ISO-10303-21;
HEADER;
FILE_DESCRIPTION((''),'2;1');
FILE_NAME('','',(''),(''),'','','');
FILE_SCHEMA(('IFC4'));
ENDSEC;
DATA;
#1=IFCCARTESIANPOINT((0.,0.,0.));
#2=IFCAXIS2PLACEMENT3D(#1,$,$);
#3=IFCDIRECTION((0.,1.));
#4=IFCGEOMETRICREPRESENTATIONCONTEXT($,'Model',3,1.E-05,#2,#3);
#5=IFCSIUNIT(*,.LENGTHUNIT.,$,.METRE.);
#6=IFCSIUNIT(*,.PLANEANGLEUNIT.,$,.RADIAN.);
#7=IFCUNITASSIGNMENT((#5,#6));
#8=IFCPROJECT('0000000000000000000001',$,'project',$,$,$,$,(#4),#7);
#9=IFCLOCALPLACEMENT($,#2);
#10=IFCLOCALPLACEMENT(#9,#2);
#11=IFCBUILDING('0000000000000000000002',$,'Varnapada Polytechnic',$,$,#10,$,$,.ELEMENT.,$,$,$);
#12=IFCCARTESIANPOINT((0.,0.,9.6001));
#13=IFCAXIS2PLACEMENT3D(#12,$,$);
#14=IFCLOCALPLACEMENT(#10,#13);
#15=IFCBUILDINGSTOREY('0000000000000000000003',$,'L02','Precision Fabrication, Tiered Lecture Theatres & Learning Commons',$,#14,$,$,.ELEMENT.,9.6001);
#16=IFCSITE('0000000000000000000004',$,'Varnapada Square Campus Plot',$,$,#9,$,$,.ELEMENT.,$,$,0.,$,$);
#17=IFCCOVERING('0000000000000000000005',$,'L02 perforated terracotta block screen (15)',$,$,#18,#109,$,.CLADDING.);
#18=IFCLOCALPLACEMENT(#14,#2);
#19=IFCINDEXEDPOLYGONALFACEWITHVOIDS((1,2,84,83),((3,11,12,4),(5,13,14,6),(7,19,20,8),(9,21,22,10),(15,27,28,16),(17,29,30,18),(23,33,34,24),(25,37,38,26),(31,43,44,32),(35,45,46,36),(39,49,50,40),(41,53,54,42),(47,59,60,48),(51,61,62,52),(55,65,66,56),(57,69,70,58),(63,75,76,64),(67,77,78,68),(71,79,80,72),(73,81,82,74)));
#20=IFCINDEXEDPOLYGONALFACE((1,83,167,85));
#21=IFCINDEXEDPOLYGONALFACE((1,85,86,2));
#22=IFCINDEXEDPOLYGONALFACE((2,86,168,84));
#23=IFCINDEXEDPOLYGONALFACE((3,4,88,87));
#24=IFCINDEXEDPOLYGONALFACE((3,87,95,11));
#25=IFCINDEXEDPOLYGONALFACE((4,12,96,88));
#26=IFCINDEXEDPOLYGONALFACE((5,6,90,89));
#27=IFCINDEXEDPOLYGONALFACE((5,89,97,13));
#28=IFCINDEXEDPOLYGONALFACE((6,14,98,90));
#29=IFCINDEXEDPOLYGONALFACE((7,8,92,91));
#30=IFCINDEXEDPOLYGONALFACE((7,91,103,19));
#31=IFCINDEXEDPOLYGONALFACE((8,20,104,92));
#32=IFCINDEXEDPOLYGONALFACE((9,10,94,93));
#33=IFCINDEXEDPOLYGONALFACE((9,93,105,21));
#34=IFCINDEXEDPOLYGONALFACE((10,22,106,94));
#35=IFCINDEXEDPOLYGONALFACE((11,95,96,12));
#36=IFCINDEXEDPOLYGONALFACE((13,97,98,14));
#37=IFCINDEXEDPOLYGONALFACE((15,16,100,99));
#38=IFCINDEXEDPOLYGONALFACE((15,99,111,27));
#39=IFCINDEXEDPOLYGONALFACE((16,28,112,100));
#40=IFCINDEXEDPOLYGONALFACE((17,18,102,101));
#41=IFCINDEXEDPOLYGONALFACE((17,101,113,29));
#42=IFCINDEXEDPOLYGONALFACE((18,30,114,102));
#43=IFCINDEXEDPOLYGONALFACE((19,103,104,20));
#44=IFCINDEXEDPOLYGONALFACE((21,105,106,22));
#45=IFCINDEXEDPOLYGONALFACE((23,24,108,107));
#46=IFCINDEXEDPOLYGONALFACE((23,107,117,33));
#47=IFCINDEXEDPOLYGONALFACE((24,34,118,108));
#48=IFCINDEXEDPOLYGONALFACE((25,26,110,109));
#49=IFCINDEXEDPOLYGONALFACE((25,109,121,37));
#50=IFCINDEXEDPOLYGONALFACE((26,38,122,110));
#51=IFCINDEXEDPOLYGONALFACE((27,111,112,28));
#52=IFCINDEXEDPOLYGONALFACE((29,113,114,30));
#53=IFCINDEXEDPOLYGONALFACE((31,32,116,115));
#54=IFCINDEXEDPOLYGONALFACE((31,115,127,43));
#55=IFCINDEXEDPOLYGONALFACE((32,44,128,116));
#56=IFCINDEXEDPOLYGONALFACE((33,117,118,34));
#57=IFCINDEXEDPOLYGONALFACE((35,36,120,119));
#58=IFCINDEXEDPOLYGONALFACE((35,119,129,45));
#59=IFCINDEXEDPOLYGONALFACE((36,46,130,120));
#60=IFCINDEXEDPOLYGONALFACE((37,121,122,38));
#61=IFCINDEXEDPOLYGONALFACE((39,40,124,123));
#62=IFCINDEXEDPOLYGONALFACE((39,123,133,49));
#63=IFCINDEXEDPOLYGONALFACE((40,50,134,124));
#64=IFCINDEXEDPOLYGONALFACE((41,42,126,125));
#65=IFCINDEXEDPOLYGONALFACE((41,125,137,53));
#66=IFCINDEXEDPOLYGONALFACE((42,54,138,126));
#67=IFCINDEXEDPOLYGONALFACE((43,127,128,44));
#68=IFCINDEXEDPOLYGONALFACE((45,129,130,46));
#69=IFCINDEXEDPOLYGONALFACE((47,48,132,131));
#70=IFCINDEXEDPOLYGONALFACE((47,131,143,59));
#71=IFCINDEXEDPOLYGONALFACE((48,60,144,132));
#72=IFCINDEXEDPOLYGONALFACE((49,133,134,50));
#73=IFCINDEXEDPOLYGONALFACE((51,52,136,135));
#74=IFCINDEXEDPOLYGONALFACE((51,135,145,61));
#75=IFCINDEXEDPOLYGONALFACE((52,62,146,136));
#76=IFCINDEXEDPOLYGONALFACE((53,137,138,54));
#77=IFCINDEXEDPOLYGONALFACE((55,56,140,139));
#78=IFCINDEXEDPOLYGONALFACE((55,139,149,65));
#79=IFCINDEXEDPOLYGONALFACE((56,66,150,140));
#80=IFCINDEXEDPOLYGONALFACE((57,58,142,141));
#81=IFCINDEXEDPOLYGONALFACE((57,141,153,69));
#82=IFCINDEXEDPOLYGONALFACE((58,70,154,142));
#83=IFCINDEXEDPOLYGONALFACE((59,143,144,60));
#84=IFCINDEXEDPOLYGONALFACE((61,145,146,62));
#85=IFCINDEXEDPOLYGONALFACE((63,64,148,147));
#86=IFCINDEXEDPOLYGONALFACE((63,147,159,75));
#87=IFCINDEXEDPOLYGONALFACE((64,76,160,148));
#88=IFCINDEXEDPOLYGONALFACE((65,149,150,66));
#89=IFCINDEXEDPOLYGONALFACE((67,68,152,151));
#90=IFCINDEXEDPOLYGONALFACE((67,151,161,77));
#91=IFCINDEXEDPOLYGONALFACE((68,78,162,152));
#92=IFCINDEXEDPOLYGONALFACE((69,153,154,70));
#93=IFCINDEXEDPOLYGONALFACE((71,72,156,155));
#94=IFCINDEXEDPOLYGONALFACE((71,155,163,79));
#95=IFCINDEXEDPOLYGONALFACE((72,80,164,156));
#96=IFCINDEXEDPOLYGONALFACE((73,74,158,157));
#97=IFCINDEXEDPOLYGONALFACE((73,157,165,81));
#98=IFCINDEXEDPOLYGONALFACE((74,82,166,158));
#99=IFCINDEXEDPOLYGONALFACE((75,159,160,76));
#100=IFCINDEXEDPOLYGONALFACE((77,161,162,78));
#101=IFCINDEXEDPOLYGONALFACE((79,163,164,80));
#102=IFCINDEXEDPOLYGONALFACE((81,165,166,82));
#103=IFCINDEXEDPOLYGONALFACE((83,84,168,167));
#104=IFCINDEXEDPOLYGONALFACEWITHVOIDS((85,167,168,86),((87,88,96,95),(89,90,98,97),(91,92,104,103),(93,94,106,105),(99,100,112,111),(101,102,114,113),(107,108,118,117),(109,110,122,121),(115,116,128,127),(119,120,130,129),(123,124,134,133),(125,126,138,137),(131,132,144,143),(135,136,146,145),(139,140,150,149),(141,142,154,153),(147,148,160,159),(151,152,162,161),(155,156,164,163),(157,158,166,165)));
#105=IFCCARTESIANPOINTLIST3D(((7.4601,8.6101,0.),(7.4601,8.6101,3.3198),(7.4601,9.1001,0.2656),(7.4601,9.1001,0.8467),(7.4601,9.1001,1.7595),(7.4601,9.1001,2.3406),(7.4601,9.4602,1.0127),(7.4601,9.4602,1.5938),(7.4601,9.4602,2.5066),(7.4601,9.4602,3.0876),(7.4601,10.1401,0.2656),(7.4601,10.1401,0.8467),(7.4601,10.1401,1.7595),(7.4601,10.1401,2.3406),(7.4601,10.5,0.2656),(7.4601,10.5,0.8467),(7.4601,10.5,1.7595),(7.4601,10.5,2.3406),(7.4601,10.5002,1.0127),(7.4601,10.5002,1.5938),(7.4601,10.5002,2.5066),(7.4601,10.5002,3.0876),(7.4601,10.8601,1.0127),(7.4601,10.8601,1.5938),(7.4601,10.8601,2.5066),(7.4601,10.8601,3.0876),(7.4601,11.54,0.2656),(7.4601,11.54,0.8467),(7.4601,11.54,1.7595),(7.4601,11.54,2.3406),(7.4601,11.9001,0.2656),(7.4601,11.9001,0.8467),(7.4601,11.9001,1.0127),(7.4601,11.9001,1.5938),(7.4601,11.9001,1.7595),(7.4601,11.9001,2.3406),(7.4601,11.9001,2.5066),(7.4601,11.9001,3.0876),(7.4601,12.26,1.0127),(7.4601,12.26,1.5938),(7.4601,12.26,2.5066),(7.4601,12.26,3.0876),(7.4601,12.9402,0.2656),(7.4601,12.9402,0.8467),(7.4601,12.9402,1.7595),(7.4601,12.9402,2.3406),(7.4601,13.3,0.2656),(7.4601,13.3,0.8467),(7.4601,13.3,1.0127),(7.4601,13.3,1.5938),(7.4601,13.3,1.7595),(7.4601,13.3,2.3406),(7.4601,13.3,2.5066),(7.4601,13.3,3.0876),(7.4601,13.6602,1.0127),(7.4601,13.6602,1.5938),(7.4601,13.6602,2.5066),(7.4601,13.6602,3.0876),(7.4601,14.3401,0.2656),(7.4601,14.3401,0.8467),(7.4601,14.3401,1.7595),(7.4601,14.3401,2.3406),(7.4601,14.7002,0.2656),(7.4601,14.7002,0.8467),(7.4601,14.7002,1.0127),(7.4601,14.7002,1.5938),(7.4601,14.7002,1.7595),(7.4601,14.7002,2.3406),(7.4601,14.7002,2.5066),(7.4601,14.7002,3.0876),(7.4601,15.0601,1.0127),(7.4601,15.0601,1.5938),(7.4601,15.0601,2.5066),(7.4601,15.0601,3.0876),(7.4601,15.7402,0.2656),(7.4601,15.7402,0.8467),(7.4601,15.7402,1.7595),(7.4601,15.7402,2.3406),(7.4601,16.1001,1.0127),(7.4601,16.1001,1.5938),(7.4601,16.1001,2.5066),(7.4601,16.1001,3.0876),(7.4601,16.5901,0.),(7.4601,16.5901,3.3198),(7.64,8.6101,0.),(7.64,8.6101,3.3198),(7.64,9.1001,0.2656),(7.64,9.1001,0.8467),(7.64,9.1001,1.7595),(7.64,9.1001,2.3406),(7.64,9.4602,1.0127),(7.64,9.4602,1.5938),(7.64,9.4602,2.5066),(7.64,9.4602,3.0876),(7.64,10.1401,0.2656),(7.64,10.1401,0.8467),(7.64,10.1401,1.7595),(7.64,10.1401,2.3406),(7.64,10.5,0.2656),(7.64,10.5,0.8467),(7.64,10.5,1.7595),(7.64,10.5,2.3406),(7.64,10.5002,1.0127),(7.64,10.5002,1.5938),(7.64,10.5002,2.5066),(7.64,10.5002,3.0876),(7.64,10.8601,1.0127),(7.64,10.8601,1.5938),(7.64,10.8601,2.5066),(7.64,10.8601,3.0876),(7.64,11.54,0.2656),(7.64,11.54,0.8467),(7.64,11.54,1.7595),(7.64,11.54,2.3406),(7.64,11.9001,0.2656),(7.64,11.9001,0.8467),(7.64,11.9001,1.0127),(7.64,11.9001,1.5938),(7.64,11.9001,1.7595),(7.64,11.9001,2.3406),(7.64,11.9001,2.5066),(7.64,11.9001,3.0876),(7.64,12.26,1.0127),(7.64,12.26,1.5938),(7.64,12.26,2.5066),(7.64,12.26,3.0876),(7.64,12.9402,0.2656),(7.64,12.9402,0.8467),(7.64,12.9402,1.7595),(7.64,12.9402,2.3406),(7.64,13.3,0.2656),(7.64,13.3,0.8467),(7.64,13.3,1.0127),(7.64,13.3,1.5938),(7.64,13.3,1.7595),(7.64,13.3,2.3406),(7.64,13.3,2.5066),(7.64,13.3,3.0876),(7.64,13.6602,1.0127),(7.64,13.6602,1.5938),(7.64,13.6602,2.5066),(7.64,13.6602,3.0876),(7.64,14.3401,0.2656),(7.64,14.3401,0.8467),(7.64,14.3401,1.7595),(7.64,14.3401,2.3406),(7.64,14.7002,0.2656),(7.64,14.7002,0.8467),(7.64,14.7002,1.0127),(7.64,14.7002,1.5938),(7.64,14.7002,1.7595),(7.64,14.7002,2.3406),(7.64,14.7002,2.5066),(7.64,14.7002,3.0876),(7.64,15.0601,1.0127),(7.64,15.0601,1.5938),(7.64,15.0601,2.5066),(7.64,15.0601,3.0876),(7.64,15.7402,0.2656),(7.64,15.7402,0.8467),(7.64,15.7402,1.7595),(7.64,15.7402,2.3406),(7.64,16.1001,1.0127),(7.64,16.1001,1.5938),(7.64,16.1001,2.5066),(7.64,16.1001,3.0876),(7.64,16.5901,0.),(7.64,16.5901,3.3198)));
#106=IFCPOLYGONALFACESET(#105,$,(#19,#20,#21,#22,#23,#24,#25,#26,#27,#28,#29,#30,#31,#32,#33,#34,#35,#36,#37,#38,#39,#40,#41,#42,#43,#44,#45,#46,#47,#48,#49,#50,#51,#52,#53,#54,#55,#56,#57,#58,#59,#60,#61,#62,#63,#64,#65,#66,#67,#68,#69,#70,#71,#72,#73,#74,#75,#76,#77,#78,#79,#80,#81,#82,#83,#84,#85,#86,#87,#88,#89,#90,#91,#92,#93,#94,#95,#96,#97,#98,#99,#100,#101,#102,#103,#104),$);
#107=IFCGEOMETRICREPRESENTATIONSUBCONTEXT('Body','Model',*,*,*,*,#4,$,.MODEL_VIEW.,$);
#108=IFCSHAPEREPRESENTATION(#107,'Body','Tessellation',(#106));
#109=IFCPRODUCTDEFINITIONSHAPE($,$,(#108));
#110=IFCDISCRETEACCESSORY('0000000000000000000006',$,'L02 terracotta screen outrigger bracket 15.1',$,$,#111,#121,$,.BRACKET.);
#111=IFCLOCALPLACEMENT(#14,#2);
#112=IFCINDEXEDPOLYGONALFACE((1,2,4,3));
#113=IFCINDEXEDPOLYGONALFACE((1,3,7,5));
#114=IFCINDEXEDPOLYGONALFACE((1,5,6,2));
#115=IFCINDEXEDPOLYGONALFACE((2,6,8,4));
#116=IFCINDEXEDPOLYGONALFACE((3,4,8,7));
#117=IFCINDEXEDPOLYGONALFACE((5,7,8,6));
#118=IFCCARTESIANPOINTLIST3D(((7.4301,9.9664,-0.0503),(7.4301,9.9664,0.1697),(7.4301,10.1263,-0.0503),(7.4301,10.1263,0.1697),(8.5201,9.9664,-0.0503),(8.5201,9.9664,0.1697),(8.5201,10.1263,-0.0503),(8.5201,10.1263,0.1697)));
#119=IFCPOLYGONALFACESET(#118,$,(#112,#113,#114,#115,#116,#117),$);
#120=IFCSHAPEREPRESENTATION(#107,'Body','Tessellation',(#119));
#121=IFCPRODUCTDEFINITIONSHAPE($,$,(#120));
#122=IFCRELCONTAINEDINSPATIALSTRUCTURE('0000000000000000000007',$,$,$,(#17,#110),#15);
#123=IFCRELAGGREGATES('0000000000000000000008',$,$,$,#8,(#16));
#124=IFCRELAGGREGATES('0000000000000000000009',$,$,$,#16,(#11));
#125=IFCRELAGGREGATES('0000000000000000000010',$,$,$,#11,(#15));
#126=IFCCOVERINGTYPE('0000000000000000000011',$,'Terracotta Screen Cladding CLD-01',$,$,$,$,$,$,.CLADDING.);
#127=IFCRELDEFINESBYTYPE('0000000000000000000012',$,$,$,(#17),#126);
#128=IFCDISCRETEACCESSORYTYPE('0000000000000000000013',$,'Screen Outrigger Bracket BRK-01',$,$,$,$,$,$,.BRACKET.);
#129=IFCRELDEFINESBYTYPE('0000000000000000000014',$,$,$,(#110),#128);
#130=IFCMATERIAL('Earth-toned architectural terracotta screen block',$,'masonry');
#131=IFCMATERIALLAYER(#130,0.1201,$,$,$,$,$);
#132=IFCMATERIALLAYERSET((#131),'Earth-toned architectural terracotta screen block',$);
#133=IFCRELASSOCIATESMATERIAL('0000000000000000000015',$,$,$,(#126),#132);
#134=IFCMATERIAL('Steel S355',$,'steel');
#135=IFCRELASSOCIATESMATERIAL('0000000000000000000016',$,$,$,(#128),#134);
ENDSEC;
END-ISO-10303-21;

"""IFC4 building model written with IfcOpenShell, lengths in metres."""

from ifc_helpers import new_model, si_unit, direction, frame, frame_2d, origin, origin_2d, place, context, subcontext, project, spatial, rectangle, extrude, material, layer, layer_set, type_object, element, save


model = new_model("IFC4")

# Units and contexts
model_context = context("Model", 3, precision=1e-05, world=origin(), true_north=direction((0.0, 1.0)))
body_context = subcontext(model_context, "Body", "Model", "MODEL_VIEW")
ifc_project = project(units=[si_unit("LENGTHUNIT", "METRE"), si_unit("PLANEANGLEUNIT", "RADIAN")], contexts=[model_context])

# Site, building, storey
site_placement = place(None, origin())
site = spatial("IfcSite", under=ifc_project, at=site_placement, Name="Varnapada Square Campus Plot", CompositionType="ELEMENT", RefElevation=0.0)
building_placement = place(site_placement, origin())
building = spatial("IfcBuilding", under=site, at=building_placement, Name="Varnapada Polytechnic", CompositionType="ELEMENT")
storey_placement = place(building_placement, frame((0.0, 0.0, 9.6001)))
storey = spatial("IfcBuildingStorey", under=building, at=storey_placement, Name="L02", Description="Precision Fabrication, Tiered Lecture Theatres & Learning Commons", CompositionType="ELEMENT", Elevation=9.6001)

# Covering, openings
ifc_material_1 = material(Name="Earth-toned architectural terracotta screen block", Category="masonry")
ifc_layer_1 = layer(ifc_material_1, 0.1201)
ifc_layer_set_1 = layer_set([ifc_layer_1], Name="Earth-toned architectural terracotta screen block")
covering_type = type_object("IfcCoveringType", Name="Terracotta Screen Cladding CLD-01", PredefinedType="CLADDING", material=ifc_layer_set_1)
covering_placement = place(storey_placement, frame((7.55, 8.6101, 0.0), z_axis=(0.0, 0.0, 1.0), x_axis=(0.0, 1.0, 0.0)))
covering = element("IfcCovering", 1, at=covering_placement, inside=storey, type_object=covering_type, Name="L02 perforated terracotta block screen (15)", PredefinedType="CLADDING", context=body_context, shape_type="SweptSolid", body=[
    extrude(rectangle(XDim=7.98, YDim=0.1799, at=frame_2d((3.99, 0.0))), origin(), (0.0, 0.0, 1.0), 3.3198),
])
opening_1_placement = place(covering_placement, frame((0.49, 0.0, 0.2656)))
element("IfcOpeningElement", 2, at=opening_1_placement, cuts=covering, PredefinedType="OPENING", context=body_context, shape_type="SweptSolid", body=[
    extrude(rectangle(XDim=1.04, YDim=0.5811, at=frame_2d((0.52, 0.2905))), frame((0.0, 0.0999, 0.0), z_axis=(0.0, -1.0, 0.0), x_axis=(1.0, 0.0, 0.0)), (0.0, 0.0, 1.0), 0.2),
])
opening_2_placement = place(covering_placement, frame((1.8899, 0.0, 0.2656)))
element("IfcOpeningElement", 3, at=opening_2_placement, cuts=covering, PredefinedType="OPENING", context=body_context, shape_type="SweptSolid", body=[
    extrude(rectangle(XDim=1.04, YDim=0.5811, at=frame_2d((0.52, 0.2905))), frame((0.0, 0.0999, 0.0), z_axis=(0.0, -1.0, 0.0), x_axis=(1.0, 0.0, 0.0)), (0.0, 0.0, 1.0), 0.2),
])
opening_3_placement = place(covering_placement, frame((3.29, 0.0, 0.2656)))
element("IfcOpeningElement", 4, at=opening_3_placement, cuts=covering, PredefinedType="OPENING", context=body_context, shape_type="SweptSolid", body=[
    extrude(rectangle(XDim=1.04, YDim=0.5811, at=frame_2d((0.52, 0.2905))), frame((0.0, 0.0999, 0.0), z_axis=(0.0, -1.0, 0.0), x_axis=(1.0, 0.0, 0.0)), (0.0, 0.0, 1.0), 0.2),
])
opening_4_placement = place(covering_placement, frame((4.6899, 0.0, 0.2656)))
element("IfcOpeningElement", 5, at=opening_4_placement, cuts=covering, PredefinedType="OPENING", context=body_context, shape_type="SweptSolid", body=[
    extrude(rectangle(XDim=1.04, YDim=0.5811, at=frame_2d((0.52, 0.2905))), frame((0.0, 0.0999, 0.0), z_axis=(0.0, -1.0, 0.0), x_axis=(1.0, 0.0, 0.0)), (0.0, 0.0, 1.0), 0.2),
])
opening_5_placement = place(covering_placement, frame((6.0901, 0.0, 0.2656)))
element("IfcOpeningElement", 6, at=opening_5_placement, cuts=covering, PredefinedType="OPENING", context=body_context, shape_type="SweptSolid", body=[
    extrude(rectangle(XDim=1.04, YDim=0.5811, at=frame_2d((0.52, 0.2905))), frame((0.0, 0.0999, 0.0), z_axis=(0.0, -1.0, 0.0), x_axis=(1.0, 0.0, 0.0)), (0.0, 0.0, 1.0), 0.2),
])
opening_6_placement = place(covering_placement, frame((0.8501, 0.0, 1.0127)))
element("IfcOpeningElement", 7, at=opening_6_placement, cuts=covering, PredefinedType="OPENING", context=body_context, shape_type="SweptSolid", body=[
    extrude(rectangle(XDim=1.04, YDim=0.5811, at=frame_2d((0.52, 0.2905))), frame((0.0, 0.0999, 0.0), z_axis=(0.0, -1.0, 0.0), x_axis=(1.0, 0.0, 0.0)), (0.0, 0.0, 1.0), 0.2),
])
opening_7_placement = place(covering_placement, frame((2.25, 0.0, 1.0127)))
element("IfcOpeningElement", 8, at=opening_7_placement, cuts=covering, PredefinedType="OPENING", context=body_context, shape_type="SweptSolid", body=[
    extrude(rectangle(XDim=1.04, YDim=0.5811, at=frame_2d((0.52, 0.2905))), frame((0.0, 0.0999, 0.0), z_axis=(0.0, -1.0, 0.0), x_axis=(1.0, 0.0, 0.0)), (0.0, 0.0, 1.0), 0.2),
])
opening_8_placement = place(covering_placement, frame((3.6499, 0.0, 1.0127)))
element("IfcOpeningElement", 9, at=opening_8_placement, cuts=covering, PredefinedType="OPENING", context=body_context, shape_type="SweptSolid", body=[
    extrude(rectangle(XDim=1.04, YDim=0.5811, at=frame_2d((0.52, 0.2905))), frame((0.0, 0.0999, 0.0), z_axis=(0.0, -1.0, 0.0), x_axis=(1.0, 0.0, 0.0)), (0.0, 0.0, 1.0), 0.2),
])
opening_9_placement = place(covering_placement, frame((5.05, 0.0, 1.0127)))
element("IfcOpeningElement", 10, at=opening_9_placement, cuts=covering, PredefinedType="OPENING", context=body_context, shape_type="SweptSolid", body=[
    extrude(rectangle(XDim=1.04, YDim=0.5811, at=frame_2d((0.52, 0.2905))), frame((0.0, 0.0999, 0.0), z_axis=(0.0, -1.0, 0.0), x_axis=(1.0, 0.0, 0.0)), (0.0, 0.0, 1.0), 0.2),
])
opening_10_placement = place(covering_placement, frame((6.45, 0.0, 1.0127)))
element("IfcOpeningElement", 11, at=opening_10_placement, cuts=covering, PredefinedType="OPENING", context=body_context, shape_type="SweptSolid", body=[
    extrude(rectangle(XDim=1.04, YDim=0.5811, at=frame_2d((0.52, 0.2905))), frame((0.0, 0.0999, 0.0), z_axis=(0.0, -1.0, 0.0), x_axis=(1.0, 0.0, 0.0)), (0.0, 0.0, 1.0), 0.2),
])
opening_11_placement = place(covering_placement, frame((0.49, 0.0, 1.7595)))
element("IfcOpeningElement", 12, at=opening_11_placement, cuts=covering, PredefinedType="OPENING", context=body_context, shape_type="SweptSolid", body=[
    extrude(rectangle(XDim=1.04, YDim=0.5811, at=frame_2d((0.52, 0.2905))), frame((0.0, 0.0999, 0.0), z_axis=(0.0, -1.0, 0.0), x_axis=(1.0, 0.0, 0.0)), (0.0, 0.0, 1.0), 0.2),
])
opening_12_placement = place(covering_placement, frame((1.8899, 0.0, 1.7595)))
element("IfcOpeningElement", 13, at=opening_12_placement, cuts=covering, PredefinedType="OPENING", context=body_context, shape_type="SweptSolid", body=[
    extrude(rectangle(XDim=1.04, YDim=0.5811, at=frame_2d((0.52, 0.2905))), frame((0.0, 0.0999, 0.0), z_axis=(0.0, -1.0, 0.0), x_axis=(1.0, 0.0, 0.0)), (0.0, 0.0, 1.0), 0.2),
])
opening_13_placement = place(covering_placement, frame((3.29, 0.0, 1.7595)))
element("IfcOpeningElement", 14, at=opening_13_placement, cuts=covering, PredefinedType="OPENING", context=body_context, shape_type="SweptSolid", body=[
    extrude(rectangle(XDim=1.04, YDim=0.5811, at=frame_2d((0.52, 0.2905))), frame((0.0, 0.0999, 0.0), z_axis=(0.0, -1.0, 0.0), x_axis=(1.0, 0.0, 0.0)), (0.0, 0.0, 1.0), 0.2),
])
opening_14_placement = place(covering_placement, frame((4.6899, 0.0, 1.7595)))
element("IfcOpeningElement", 15, at=opening_14_placement, cuts=covering, PredefinedType="OPENING", context=body_context, shape_type="SweptSolid", body=[
    extrude(rectangle(XDim=1.04, YDim=0.5811, at=frame_2d((0.52, 0.2905))), frame((0.0, 0.0999, 0.0), z_axis=(0.0, -1.0, 0.0), x_axis=(1.0, 0.0, 0.0)), (0.0, 0.0, 1.0), 0.2),
])
opening_15_placement = place(covering_placement, frame((6.0901, 0.0, 1.7595)))
element("IfcOpeningElement", 16, at=opening_15_placement, cuts=covering, PredefinedType="OPENING", context=body_context, shape_type="SweptSolid", body=[
    extrude(rectangle(XDim=1.04, YDim=0.5811, at=frame_2d((0.52, 0.2905))), frame((0.0, 0.0999, 0.0), z_axis=(0.0, -1.0, 0.0), x_axis=(1.0, 0.0, 0.0)), (0.0, 0.0, 1.0), 0.2),
])
opening_16_placement = place(covering_placement, frame((0.8501, 0.0, 2.5066)))
element("IfcOpeningElement", 17, at=opening_16_placement, cuts=covering, PredefinedType="OPENING", context=body_context, shape_type="SweptSolid", body=[
    extrude(rectangle(XDim=1.04, YDim=0.5811, at=frame_2d((0.52, 0.2905))), frame((0.0, 0.0999, 0.0), z_axis=(0.0, -1.0, 0.0), x_axis=(1.0, 0.0, 0.0)), (0.0, 0.0, 1.0), 0.2),
])
opening_17_placement = place(covering_placement, frame((2.25, 0.0, 2.5066)))
element("IfcOpeningElement", 18, at=opening_17_placement, cuts=covering, PredefinedType="OPENING", context=body_context, shape_type="SweptSolid", body=[
    extrude(rectangle(XDim=1.04, YDim=0.5811, at=frame_2d((0.52, 0.2905))), frame((0.0, 0.0999, 0.0), z_axis=(0.0, -1.0, 0.0), x_axis=(1.0, 0.0, 0.0)), (0.0, 0.0, 1.0), 0.2),
])
opening_18_placement = place(covering_placement, frame((3.6499, 0.0, 2.5066)))
element("IfcOpeningElement", 19, at=opening_18_placement, cuts=covering, PredefinedType="OPENING", context=body_context, shape_type="SweptSolid", body=[
    extrude(rectangle(XDim=1.04, YDim=0.5811, at=frame_2d((0.52, 0.2905))), frame((0.0, 0.0999, 0.0), z_axis=(0.0, -1.0, 0.0), x_axis=(1.0, 0.0, 0.0)), (0.0, 0.0, 1.0), 0.2),
])
opening_19_placement = place(covering_placement, frame((5.05, 0.0, 2.5066)))
element("IfcOpeningElement", 20, at=opening_19_placement, cuts=covering, PredefinedType="OPENING", context=body_context, shape_type="SweptSolid", body=[
    extrude(rectangle(XDim=1.04, YDim=0.5811, at=frame_2d((0.52, 0.2905))), frame((0.0, 0.0999, 0.0), z_axis=(0.0, -1.0, 0.0), x_axis=(1.0, 0.0, 0.0)), (0.0, 0.0, 1.0), 0.2),
])
opening_20_placement = place(covering_placement, frame((6.45, 0.0, 2.5066)))
element("IfcOpeningElement", 21, at=opening_20_placement, cuts=covering, PredefinedType="OPENING", context=body_context, shape_type="SweptSolid", body=[
    extrude(rectangle(XDim=1.04, YDim=0.5811, at=frame_2d((0.52, 0.2905))), frame((0.0, 0.0999, 0.0), z_axis=(0.0, -1.0, 0.0), x_axis=(1.0, 0.0, 0.0)), (0.0, 0.0, 1.0), 0.2),
])

# Discrete accessory
ifc_material_2 = material(Name="Steel S355", Category="steel")
discrete_accessory_type = type_object("IfcDiscreteAccessoryType", Name="Screen Outrigger Bracket BRK-01", PredefinedType="BRACKET", material=ifc_material_2)
discrete_accessory_placement = place(storey_placement, frame((7.9751, 10.0464, -0.0503), z_axis=(0.0, 0.0, 1.0), x_axis=(0.0, 1.0, 0.0)))
element("IfcDiscreteAccessory", 22, at=discrete_accessory_placement, inside=storey, type_object=discrete_accessory_type, Name="L02 terracotta screen outrigger bracket 15.1", PredefinedType="BRACKET", context=body_context, shape_type="SweptSolid", body=[
    extrude(rectangle(XDim=0.1599, YDim=1.0901, at=origin_2d()), origin(), (0.0, 0.0, 1.0), 0.22),
])

save(model, "model.ifc")
